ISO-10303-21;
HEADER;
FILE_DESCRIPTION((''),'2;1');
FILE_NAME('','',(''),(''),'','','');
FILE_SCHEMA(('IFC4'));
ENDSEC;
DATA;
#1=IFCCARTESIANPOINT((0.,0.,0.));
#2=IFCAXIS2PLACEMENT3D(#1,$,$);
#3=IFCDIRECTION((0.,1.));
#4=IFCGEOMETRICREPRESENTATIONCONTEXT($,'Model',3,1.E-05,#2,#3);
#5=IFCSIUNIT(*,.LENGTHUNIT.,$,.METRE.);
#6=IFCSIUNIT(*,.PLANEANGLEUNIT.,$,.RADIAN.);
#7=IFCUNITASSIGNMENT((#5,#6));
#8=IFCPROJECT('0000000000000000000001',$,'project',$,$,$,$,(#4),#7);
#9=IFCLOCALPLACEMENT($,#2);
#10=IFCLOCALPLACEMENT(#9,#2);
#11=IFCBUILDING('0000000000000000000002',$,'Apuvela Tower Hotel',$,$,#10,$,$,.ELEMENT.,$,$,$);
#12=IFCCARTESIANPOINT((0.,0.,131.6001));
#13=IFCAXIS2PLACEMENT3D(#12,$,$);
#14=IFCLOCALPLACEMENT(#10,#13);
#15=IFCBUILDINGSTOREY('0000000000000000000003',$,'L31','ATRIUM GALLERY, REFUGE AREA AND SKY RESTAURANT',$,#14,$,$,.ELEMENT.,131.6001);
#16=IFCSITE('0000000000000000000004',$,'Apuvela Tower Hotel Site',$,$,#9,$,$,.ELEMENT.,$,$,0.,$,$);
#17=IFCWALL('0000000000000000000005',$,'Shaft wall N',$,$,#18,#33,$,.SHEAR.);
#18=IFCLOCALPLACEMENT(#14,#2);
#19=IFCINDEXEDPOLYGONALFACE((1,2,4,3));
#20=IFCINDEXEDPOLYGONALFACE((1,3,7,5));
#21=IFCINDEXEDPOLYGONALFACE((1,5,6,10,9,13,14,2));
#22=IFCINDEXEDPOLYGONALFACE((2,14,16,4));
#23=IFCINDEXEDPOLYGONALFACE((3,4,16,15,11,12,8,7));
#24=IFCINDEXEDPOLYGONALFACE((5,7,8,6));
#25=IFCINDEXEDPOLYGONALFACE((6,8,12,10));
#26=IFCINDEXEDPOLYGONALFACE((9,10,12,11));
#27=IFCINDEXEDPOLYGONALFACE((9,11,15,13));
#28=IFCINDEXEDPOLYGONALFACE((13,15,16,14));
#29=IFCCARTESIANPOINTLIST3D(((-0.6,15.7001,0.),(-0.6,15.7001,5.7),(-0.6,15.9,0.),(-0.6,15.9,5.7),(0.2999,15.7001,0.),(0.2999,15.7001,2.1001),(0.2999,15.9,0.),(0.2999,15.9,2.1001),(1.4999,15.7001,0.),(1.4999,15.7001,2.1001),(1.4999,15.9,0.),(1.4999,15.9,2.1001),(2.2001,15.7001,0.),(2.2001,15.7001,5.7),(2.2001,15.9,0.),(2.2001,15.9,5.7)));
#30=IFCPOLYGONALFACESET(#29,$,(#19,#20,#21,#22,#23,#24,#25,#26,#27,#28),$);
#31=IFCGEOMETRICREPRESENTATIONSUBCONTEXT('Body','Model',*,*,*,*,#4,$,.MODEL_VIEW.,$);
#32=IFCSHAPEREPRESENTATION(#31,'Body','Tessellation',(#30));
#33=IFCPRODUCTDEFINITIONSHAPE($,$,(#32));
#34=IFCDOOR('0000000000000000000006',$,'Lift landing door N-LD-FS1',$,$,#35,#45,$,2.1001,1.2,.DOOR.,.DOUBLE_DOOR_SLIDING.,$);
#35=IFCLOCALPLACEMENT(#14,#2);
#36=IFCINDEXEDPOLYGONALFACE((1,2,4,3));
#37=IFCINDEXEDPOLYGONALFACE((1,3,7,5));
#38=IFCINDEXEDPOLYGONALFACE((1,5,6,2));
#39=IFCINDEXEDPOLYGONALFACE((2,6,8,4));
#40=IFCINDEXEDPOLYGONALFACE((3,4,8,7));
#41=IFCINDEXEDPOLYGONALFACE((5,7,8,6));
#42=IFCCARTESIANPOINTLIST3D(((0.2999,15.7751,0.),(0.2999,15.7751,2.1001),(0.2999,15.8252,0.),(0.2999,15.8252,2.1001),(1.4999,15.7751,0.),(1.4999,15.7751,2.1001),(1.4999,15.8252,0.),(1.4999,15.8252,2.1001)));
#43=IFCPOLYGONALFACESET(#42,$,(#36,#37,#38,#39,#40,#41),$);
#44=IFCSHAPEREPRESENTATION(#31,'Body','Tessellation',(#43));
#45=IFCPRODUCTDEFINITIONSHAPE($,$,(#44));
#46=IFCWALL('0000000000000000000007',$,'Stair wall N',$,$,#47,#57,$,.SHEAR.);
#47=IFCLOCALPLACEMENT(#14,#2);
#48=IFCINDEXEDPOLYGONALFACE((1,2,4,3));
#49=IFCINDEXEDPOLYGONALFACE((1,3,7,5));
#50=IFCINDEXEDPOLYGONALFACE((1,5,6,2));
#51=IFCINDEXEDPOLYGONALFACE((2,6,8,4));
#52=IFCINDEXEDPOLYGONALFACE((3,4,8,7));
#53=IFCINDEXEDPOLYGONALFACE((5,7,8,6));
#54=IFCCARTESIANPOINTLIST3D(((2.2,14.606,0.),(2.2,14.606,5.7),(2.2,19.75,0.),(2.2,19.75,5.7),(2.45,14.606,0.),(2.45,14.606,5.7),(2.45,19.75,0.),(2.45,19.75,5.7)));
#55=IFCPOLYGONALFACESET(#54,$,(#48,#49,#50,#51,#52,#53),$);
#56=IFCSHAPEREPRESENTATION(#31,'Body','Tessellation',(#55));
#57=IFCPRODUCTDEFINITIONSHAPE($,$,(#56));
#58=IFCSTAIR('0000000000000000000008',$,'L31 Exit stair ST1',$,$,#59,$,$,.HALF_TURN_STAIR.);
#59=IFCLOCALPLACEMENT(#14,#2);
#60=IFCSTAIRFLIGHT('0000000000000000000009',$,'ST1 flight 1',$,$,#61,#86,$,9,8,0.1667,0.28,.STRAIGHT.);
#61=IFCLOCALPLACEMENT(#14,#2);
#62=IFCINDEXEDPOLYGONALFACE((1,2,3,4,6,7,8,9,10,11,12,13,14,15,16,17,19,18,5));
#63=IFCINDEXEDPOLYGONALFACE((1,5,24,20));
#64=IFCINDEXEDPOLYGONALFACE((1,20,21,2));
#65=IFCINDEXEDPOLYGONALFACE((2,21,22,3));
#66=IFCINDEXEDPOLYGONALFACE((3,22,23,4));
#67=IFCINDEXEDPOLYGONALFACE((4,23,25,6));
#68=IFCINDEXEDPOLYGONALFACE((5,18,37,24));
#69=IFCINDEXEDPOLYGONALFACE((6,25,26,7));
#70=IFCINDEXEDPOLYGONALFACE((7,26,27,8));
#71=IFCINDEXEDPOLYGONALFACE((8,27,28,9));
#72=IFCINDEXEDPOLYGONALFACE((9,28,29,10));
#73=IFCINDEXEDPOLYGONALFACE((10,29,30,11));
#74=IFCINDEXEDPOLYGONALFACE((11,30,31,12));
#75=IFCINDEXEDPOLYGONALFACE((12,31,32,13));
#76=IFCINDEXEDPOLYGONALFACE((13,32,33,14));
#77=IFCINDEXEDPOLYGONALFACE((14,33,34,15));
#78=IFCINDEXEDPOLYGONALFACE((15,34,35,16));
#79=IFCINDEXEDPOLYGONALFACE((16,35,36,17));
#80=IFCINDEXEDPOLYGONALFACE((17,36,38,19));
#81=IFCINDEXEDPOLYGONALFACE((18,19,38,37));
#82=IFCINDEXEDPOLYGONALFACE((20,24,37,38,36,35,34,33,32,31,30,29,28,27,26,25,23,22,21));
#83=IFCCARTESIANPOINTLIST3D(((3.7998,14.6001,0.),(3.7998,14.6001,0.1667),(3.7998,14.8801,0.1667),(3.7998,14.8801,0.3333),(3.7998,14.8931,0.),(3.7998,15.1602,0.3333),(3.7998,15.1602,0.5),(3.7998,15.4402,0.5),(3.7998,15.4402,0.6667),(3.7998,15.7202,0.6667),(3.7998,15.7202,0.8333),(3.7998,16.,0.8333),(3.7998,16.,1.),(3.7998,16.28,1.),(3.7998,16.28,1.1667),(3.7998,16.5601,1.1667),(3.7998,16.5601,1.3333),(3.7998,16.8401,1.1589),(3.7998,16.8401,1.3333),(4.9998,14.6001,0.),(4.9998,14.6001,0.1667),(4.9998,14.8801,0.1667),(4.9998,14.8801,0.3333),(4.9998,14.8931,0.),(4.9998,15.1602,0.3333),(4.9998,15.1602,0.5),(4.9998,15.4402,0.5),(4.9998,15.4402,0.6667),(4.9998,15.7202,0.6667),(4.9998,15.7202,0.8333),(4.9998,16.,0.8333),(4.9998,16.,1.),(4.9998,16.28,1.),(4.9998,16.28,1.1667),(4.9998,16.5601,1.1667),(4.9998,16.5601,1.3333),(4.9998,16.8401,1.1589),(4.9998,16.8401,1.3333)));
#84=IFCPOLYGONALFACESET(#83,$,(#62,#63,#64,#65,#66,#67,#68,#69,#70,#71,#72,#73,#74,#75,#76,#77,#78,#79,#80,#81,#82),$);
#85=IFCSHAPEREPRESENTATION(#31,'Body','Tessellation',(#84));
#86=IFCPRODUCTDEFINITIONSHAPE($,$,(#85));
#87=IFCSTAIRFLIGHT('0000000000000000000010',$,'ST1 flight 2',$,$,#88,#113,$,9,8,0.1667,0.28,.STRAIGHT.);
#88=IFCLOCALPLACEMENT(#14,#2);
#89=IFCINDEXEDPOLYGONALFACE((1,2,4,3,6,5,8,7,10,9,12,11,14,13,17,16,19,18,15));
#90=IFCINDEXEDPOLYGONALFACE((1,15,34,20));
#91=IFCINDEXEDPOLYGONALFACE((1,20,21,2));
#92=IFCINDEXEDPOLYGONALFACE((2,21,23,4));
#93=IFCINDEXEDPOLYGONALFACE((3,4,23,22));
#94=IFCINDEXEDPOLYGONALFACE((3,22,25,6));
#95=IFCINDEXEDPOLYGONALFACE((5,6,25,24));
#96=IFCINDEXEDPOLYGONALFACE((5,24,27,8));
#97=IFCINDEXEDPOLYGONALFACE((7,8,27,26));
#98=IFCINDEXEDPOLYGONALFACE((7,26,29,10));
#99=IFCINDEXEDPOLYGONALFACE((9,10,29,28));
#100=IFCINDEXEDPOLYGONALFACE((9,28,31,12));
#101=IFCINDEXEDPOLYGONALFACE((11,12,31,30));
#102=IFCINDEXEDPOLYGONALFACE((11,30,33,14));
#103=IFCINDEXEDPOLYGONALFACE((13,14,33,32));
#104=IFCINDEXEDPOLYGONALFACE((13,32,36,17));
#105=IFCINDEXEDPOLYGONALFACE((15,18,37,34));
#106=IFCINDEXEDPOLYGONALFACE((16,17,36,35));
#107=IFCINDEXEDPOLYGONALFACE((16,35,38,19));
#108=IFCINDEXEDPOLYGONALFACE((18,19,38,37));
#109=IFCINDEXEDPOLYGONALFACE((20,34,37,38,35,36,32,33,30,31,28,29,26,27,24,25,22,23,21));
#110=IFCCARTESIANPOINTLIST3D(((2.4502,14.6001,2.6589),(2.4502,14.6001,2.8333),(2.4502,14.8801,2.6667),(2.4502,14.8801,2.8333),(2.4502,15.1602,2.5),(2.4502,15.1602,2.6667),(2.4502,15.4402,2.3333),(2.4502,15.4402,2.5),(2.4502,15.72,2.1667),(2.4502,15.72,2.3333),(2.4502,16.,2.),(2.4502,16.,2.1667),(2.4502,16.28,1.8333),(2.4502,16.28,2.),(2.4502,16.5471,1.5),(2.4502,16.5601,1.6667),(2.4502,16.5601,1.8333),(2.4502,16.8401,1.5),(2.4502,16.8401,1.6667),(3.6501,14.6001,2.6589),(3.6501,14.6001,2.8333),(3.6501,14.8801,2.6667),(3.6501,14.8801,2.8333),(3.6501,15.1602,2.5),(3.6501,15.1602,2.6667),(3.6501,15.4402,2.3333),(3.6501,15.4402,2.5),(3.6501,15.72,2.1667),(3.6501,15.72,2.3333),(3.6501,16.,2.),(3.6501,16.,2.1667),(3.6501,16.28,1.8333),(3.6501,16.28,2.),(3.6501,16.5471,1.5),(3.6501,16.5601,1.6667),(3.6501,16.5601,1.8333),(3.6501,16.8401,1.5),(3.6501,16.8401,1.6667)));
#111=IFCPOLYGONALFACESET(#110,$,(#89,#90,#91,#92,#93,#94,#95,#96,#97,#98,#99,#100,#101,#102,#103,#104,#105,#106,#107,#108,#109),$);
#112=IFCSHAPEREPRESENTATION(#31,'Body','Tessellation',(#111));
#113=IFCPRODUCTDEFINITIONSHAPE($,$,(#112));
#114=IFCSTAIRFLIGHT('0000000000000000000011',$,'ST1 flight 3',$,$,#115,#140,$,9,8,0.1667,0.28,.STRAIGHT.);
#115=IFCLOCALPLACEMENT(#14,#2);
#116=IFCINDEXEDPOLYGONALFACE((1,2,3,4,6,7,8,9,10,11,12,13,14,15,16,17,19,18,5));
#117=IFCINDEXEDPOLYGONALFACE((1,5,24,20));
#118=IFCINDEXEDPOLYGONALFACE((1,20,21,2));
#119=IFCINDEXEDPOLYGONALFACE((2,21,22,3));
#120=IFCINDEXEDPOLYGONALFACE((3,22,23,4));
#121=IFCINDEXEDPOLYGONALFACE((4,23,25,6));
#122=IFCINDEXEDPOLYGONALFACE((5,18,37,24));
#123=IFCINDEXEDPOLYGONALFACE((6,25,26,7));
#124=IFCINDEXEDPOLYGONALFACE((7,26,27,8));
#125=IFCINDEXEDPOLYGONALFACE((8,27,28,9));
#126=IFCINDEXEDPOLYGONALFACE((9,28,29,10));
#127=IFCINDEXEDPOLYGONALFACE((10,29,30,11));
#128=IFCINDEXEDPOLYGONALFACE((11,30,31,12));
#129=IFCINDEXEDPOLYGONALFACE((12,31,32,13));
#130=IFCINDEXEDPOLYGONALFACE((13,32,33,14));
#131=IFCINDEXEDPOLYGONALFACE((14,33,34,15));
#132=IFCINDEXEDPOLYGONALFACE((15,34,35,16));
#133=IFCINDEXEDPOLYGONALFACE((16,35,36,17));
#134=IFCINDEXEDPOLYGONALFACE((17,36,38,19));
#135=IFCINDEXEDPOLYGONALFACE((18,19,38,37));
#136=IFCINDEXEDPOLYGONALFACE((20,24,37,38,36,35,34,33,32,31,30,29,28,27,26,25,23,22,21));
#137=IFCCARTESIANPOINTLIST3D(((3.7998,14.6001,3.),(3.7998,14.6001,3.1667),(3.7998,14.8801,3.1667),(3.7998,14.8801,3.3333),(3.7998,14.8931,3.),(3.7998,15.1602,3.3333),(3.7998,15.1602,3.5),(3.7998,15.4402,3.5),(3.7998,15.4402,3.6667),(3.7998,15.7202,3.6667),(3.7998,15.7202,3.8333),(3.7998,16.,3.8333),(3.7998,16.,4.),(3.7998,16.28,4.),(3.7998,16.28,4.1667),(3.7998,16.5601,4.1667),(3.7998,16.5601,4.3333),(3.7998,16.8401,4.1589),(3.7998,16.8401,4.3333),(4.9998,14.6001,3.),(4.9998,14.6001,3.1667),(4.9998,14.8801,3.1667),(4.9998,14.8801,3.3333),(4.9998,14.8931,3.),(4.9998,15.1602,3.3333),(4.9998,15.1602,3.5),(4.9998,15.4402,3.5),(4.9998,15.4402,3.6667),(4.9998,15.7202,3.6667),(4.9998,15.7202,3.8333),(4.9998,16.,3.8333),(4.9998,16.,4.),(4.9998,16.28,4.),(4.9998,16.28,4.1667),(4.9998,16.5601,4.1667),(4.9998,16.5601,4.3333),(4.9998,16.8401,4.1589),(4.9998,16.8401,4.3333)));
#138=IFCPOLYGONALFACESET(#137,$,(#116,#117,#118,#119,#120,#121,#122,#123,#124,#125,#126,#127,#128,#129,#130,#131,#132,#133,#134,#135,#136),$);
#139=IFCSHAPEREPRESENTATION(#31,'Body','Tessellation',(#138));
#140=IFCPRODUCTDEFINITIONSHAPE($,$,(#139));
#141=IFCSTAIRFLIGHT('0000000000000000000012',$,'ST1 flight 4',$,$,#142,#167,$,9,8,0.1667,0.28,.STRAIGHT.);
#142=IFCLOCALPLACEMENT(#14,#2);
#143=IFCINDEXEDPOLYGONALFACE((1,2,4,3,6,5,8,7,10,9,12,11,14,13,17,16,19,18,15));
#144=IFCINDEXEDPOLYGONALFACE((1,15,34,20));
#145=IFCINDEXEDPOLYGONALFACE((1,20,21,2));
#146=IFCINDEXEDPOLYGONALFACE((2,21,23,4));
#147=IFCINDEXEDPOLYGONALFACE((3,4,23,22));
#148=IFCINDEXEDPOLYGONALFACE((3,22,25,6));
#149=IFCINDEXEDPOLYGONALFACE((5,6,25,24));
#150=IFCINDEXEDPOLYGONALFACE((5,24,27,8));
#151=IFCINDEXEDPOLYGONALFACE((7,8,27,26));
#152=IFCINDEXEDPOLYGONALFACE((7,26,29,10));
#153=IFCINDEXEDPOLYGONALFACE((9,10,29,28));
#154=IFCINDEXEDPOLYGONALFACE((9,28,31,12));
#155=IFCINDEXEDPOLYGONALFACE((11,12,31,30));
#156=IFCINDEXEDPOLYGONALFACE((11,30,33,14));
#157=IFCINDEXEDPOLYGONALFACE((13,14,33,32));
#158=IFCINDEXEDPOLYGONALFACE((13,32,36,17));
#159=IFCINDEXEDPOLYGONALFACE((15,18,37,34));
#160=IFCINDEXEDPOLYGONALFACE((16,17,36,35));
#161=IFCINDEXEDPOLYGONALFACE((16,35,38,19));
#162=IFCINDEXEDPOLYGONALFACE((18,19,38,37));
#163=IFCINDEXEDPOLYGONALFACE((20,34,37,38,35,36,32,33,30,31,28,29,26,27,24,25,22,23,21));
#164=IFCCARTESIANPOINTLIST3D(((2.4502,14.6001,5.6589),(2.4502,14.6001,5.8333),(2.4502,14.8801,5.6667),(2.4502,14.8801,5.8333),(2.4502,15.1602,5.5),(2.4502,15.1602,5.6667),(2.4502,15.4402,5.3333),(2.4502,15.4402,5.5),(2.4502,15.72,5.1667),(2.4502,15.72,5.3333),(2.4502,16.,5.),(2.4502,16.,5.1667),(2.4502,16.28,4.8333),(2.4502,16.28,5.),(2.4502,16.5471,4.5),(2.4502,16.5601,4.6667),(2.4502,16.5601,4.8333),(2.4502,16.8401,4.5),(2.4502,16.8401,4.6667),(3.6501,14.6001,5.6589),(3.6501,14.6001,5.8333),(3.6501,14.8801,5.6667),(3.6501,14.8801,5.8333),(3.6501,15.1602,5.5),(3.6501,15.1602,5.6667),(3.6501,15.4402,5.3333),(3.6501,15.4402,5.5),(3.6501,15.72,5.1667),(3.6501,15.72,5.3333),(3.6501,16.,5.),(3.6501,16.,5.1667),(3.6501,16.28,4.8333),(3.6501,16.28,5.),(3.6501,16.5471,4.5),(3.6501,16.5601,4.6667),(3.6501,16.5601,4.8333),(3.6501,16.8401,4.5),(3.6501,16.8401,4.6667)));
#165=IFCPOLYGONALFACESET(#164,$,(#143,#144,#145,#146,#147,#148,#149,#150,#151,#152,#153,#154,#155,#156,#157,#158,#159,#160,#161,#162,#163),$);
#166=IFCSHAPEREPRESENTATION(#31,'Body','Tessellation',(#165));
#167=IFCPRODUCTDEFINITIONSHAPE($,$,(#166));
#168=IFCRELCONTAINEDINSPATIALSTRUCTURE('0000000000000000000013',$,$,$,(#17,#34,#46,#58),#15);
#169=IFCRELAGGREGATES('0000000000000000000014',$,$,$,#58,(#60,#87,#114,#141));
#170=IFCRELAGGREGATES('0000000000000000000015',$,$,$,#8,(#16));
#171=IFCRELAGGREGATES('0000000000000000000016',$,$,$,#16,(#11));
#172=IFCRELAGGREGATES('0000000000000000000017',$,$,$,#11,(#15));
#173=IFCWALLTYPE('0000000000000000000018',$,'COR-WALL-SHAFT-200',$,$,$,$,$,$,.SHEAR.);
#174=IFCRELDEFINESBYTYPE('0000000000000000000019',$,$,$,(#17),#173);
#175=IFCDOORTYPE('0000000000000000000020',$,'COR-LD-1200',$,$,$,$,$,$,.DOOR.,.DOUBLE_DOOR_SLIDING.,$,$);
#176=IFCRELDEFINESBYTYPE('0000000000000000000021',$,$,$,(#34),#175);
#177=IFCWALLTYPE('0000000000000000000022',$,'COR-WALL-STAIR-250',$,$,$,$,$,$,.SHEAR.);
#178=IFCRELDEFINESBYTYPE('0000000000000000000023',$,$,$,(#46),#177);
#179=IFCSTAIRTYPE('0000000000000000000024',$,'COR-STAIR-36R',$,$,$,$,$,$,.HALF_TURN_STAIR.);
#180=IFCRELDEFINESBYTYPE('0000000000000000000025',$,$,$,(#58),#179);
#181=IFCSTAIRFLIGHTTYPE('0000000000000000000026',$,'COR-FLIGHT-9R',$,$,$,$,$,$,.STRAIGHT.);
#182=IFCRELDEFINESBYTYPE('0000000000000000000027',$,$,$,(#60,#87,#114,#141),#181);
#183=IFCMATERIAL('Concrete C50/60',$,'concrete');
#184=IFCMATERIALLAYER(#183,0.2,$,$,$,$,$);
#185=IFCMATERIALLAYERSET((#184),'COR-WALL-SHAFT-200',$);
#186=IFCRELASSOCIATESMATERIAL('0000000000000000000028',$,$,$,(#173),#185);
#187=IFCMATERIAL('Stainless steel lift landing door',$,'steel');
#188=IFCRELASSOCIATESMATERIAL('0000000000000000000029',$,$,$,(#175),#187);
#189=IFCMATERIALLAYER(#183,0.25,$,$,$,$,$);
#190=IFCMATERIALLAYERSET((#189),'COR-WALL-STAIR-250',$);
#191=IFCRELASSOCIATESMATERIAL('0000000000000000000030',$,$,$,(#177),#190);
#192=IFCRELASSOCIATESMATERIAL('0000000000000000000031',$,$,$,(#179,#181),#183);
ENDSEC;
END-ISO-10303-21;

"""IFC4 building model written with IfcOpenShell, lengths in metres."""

from ifc_helpers import new_model, si_unit, direction, frame, frame_2d, origin, place, context, subcontext, project, spatial, polyline, rectangle, outline, extrude, material, layer, layer_set, type_object, element, fill, aggregate, save


model = new_model("IFC4")

# Units and contexts
model_context = context("Model", 3, precision=1e-05, world=origin(), true_north=direction((0.0, 1.0)))
body_context = subcontext(model_context, "Body", "Model", "MODEL_VIEW")
ifc_project = project(units=[si_unit("LENGTHUNIT", "METRE"), si_unit("PLANEANGLEUNIT", "RADIAN")], contexts=[model_context])

# Site, building, storey
site_placement = place(None, origin())
site = spatial("IfcSite", under=ifc_project, at=site_placement, Name="Apuvela Tower Hotel Site", CompositionType="ELEMENT", RefElevation=0.0)
building_placement = place(site_placement, origin())
building = spatial("IfcBuilding", under=site, at=building_placement, Name="Apuvela Tower Hotel", CompositionType="ELEMENT")
storey_placement = place(building_placement, frame((0.0, 0.0, 131.6001)))
storey = spatial("IfcBuildingStorey", under=building, at=storey_placement, Name="L31", Description="ATRIUM GALLERY, REFUGE AREA AND SKY RESTAURANT", CompositionType="ELEMENT", Elevation=131.6001)

# Shared definitions
ifc_material_1 = material(Name="Concrete C50/60", Category="concrete")

# Wall, opening, door
ifc_layer_1 = layer(ifc_material_1, 0.2)
ifc_layer_set_1 = layer_set([ifc_layer_1], Name="COR-WALL-SHAFT-200")
wall_type_1 = type_object("IfcWallType", Name="COR-WALL-SHAFT-200", PredefinedType="SHEAR", material=ifc_layer_set_1)
wall_1_placement = place(storey_placement, frame((2.2, 15.8, 0.0), z_axis=(0.0, 0.0, 1.0), x_axis=(-1.0, 0.0, 0.0)))
wall_1 = element("IfcWall", 1, at=wall_1_placement, inside=storey, type_object=wall_type_1, Name="Shaft wall N", PredefinedType="SHEAR", context=body_context, shape_type="SweptSolid", body=[
    extrude(rectangle(XDim=2.8, YDim=0.2, at=frame_2d((1.3999, 0.0))), origin(), (0.0, 0.0, 1.0), 5.7),
])
opening_placement = place(wall_1_placement, frame((0.7, 0.0, 0.0)))
opening = element("IfcOpeningElement", 2, at=opening_placement, cuts=wall_1, PredefinedType="OPENING", context=body_context, shape_type="SweptSolid", body=[
    extrude(rectangle(XDim=1.2, YDim=2.1001, at=frame_2d((0.6001, 1.05))), frame((0.0, 0.1099, 0.0), z_axis=(0.0, -1.0, 0.0), x_axis=(1.0, 0.0, 0.0)), (0.0, 0.0, 1.0), 0.22),
])
ifc_material_2 = material(Name="Stainless steel lift landing door", Category="steel")
door_type = type_object("IfcDoorType", Name="COR-LD-1200", OperationType="DOUBLE_DOOR_SLIDING", PredefinedType="DOOR", material=ifc_material_2)
door_placement = place(opening_placement, origin())
door = element("IfcDoor", 3, at=door_placement, inside=storey, type_object=door_type, Name="Lift landing door N-LD-FS1", OperationType="DOUBLE_DOOR_SLIDING", OverallHeight=2.1001, OverallWidth=1.2, PredefinedType="DOOR", context=body_context, shape_type="SweptSolid", body=[
    extrude(rectangle(XDim=1.2, YDim=2.1001, at=frame_2d((0.6001, 1.05))), frame((0.0, 0.0249, 0.0), z_axis=(0.0, -1.0, 0.0), x_axis=(1.0, 0.0, 0.0)), (0.0, 0.0, 1.0), 0.05),
])
fill(opening, door)

# Wall
ifc_layer_2 = layer(ifc_material_1, 0.25)
ifc_layer_set_2 = layer_set([ifc_layer_2], Name="COR-WALL-STAIR-250")
wall_type_2 = type_object("IfcWallType", Name="COR-WALL-STAIR-250", PredefinedType="SHEAR", material=ifc_layer_set_2)
wall_2_placement = place(storey_placement, frame((2.325, 14.606, 0.0), z_axis=(0.0, 0.0, 1.0), x_axis=(0.0, 1.0, 0.0)))
element("IfcWall", 4, at=wall_2_placement, inside=storey, type_object=wall_type_2, Name="Stair wall N", PredefinedType="SHEAR", context=body_context, shape_type="SweptSolid", body=[
    extrude(rectangle(XDim=5.144, YDim=0.25, at=frame_2d((2.572, 0.0))), origin(), (0.0, 0.0, 1.0), 5.7),
])

# Stair, stair flights
stair_type = type_object("IfcStairType", Name="COR-STAIR-36R", PredefinedType="HALF_TURN_STAIR", material=ifc_material_1)
stair_placement = place(storey_placement, origin())
stair = element("IfcStair", 5, at=stair_placement, inside=storey, type_object=stair_type, Name="L31 Exit stair ST1", PredefinedType="HALF_TURN_STAIR")
stair_flight_type = type_object("IfcStairFlightType", Name="COR-FLIGHT-9R", PredefinedType="STRAIGHT", material=ifc_material_1)
stair_flight_1_placement = place(storey_placement, frame((4.3999, 14.6001, 0.0), z_axis=(0.0, 0.0, 1.0), x_axis=(0.0, 1.0, 0.0)))
stair_flight_1 = element("IfcStairFlight", 6, at=stair_flight_1_placement, type_object=stair_flight_type, Name="ST1 flight 1", NumberOfRisers=9, NumberOfTreads=8, PredefinedType="STRAIGHT", RiserHeight=0.1667, TreadLength=0.28, context=body_context, shape_type="SweptSolid", body=[
    extrude(outline(polyline([(0.0, 0.0), (0.0, 0.1667), (0.28, 0.1667), (0.28, 0.3333), (0.5601, 0.3333), (0.5601, 0.5), (0.8401, 0.5), (0.8401, 0.6667), (1.1201, 0.6667), (1.1201, 0.8333), (1.3999, 0.8333), (1.3999, 1.0), (1.6799, 1.0), (1.6799, 1.1667), (1.96, 1.1667), (1.96, 1.3333), (2.24, 1.3333), (2.24, 1.5), (2.24, 1.1589), (0.293, 0.0), (0.0, 0.0)])), frame((0.0, 0.6001, 0.0), z_axis=(0.0, -1.0, 0.0), x_axis=(1.0, 0.0, 0.0)), (0.0, 0.0, 1.0), 1.2),
])
stair_flight_2_placement = place(storey_placement, frame((3.05, 16.8401, 1.5), z_axis=(0.0, 0.0, 1.0), x_axis=(0.0, -1.0, 0.0)))
stair_flight_2 = element("IfcStairFlight", 7, at=stair_flight_2_placement, type_object=stair_flight_type, Name="ST1 flight 2", NumberOfRisers=9, NumberOfTreads=8, PredefinedType="STRAIGHT", RiserHeight=0.1667, TreadLength=0.28, context=body_context, shape_type="SweptSolid", body=[
    extrude(outline(polyline([(0.0, 0.0), (0.0, 0.1667), (0.28, 0.1667), (0.28, 0.3333), (0.5601, 0.3333), (0.5601, 0.5), (0.8401, 0.5), (0.8401, 0.6667), (1.1201, 0.6667), (1.1201, 0.8333), (1.3999, 0.8333), (1.3999, 1.0), (1.6799, 1.0), (1.6799, 1.1667), (1.96, 1.1667), (1.96, 1.3333), (2.24, 1.3333), (2.24, 1.5), (2.24, 1.1589), (0.293, 0.0), (0.0, 0.0)])), frame((0.0, 0.6001, 0.0), z_axis=(0.0, -1.0, 0.0), x_axis=(1.0, 0.0, 0.0)), (0.0, 0.0, 1.0), 1.2),
])
stair_flight_3_placement = place(storey_placement, frame((4.3999, 14.6001, 3.0), z_axis=(0.0, 0.0, 1.0), x_axis=(0.0, 1.0, 0.0)))
stair_flight_3 = element("IfcStairFlight", 8, at=stair_flight_3_placement, type_object=stair_flight_type, Name="ST1 flight 3", NumberOfRisers=9, NumberOfTreads=8, PredefinedType="STRAIGHT", RiserHeight=0.1667, TreadLength=0.28, context=body_context, shape_type="SweptSolid", body=[
    extrude(outline(polyline([(0.0, 0.0), (0.0, 0.1667), (0.28, 0.1667), (0.28, 0.3333), (0.5601, 0.3333), (0.5601, 0.5), (0.8401, 0.5), (0.8401, 0.6667), (1.1201, 0.6667), (1.1201, 0.8333), (1.3999, 0.8333), (1.3999, 1.0), (1.6799, 1.0), (1.6799, 1.1667), (1.96, 1.1667), (1.96, 1.3333), (2.24, 1.3333), (2.24, 1.5), (2.24, 1.1589), (0.293, 0.0), (0.0, 0.0)])), frame((0.0, 0.6001, 0.0), z_axis=(0.0, -1.0, 0.0), x_axis=(1.0, 0.0, 0.0)), (0.0, 0.0, 1.0), 1.2),
])
stair_flight_4_placement = place(storey_placement, frame((3.05, 16.8401, 4.5), z_axis=(0.0, 0.0, 1.0), x_axis=(0.0, -1.0, 0.0)))
stair_flight_4 = element("IfcStairFlight", 9, at=stair_flight_4_placement, type_object=stair_flight_type, Name="ST1 flight 4", NumberOfRisers=9, NumberOfTreads=8, PredefinedType="STRAIGHT", RiserHeight=0.1667, TreadLength=0.28, context=body_context, shape_type="SweptSolid", body=[
    extrude(outline(polyline([(0.0, 0.0), (0.0, 0.1667), (0.28, 0.1667), (0.28, 0.3333), (0.5601, 0.3333), (0.5601, 0.5), (0.8401, 0.5), (0.8401, 0.6667), (1.1201, 0.6667), (1.1201, 0.8333), (1.3999, 0.8333), (1.3999, 1.0), (1.6799, 1.0), (1.6799, 1.1667), (1.96, 1.1667), (1.96, 1.3333), (2.24, 1.3333), (2.24, 1.5), (2.24, 1.1589), (0.293, 0.0), (0.0, 0.0)])), frame((0.0, 0.6001, 0.0), z_axis=(0.0, -1.0, 0.0), x_axis=(1.0, 0.0, 0.0)), (0.0, 0.0, 1.0), 1.2),
])
aggregate(stair, [stair_flight_1, stair_flight_2, stair_flight_3, stair_flight_4])

save(model, "model.ifc")
